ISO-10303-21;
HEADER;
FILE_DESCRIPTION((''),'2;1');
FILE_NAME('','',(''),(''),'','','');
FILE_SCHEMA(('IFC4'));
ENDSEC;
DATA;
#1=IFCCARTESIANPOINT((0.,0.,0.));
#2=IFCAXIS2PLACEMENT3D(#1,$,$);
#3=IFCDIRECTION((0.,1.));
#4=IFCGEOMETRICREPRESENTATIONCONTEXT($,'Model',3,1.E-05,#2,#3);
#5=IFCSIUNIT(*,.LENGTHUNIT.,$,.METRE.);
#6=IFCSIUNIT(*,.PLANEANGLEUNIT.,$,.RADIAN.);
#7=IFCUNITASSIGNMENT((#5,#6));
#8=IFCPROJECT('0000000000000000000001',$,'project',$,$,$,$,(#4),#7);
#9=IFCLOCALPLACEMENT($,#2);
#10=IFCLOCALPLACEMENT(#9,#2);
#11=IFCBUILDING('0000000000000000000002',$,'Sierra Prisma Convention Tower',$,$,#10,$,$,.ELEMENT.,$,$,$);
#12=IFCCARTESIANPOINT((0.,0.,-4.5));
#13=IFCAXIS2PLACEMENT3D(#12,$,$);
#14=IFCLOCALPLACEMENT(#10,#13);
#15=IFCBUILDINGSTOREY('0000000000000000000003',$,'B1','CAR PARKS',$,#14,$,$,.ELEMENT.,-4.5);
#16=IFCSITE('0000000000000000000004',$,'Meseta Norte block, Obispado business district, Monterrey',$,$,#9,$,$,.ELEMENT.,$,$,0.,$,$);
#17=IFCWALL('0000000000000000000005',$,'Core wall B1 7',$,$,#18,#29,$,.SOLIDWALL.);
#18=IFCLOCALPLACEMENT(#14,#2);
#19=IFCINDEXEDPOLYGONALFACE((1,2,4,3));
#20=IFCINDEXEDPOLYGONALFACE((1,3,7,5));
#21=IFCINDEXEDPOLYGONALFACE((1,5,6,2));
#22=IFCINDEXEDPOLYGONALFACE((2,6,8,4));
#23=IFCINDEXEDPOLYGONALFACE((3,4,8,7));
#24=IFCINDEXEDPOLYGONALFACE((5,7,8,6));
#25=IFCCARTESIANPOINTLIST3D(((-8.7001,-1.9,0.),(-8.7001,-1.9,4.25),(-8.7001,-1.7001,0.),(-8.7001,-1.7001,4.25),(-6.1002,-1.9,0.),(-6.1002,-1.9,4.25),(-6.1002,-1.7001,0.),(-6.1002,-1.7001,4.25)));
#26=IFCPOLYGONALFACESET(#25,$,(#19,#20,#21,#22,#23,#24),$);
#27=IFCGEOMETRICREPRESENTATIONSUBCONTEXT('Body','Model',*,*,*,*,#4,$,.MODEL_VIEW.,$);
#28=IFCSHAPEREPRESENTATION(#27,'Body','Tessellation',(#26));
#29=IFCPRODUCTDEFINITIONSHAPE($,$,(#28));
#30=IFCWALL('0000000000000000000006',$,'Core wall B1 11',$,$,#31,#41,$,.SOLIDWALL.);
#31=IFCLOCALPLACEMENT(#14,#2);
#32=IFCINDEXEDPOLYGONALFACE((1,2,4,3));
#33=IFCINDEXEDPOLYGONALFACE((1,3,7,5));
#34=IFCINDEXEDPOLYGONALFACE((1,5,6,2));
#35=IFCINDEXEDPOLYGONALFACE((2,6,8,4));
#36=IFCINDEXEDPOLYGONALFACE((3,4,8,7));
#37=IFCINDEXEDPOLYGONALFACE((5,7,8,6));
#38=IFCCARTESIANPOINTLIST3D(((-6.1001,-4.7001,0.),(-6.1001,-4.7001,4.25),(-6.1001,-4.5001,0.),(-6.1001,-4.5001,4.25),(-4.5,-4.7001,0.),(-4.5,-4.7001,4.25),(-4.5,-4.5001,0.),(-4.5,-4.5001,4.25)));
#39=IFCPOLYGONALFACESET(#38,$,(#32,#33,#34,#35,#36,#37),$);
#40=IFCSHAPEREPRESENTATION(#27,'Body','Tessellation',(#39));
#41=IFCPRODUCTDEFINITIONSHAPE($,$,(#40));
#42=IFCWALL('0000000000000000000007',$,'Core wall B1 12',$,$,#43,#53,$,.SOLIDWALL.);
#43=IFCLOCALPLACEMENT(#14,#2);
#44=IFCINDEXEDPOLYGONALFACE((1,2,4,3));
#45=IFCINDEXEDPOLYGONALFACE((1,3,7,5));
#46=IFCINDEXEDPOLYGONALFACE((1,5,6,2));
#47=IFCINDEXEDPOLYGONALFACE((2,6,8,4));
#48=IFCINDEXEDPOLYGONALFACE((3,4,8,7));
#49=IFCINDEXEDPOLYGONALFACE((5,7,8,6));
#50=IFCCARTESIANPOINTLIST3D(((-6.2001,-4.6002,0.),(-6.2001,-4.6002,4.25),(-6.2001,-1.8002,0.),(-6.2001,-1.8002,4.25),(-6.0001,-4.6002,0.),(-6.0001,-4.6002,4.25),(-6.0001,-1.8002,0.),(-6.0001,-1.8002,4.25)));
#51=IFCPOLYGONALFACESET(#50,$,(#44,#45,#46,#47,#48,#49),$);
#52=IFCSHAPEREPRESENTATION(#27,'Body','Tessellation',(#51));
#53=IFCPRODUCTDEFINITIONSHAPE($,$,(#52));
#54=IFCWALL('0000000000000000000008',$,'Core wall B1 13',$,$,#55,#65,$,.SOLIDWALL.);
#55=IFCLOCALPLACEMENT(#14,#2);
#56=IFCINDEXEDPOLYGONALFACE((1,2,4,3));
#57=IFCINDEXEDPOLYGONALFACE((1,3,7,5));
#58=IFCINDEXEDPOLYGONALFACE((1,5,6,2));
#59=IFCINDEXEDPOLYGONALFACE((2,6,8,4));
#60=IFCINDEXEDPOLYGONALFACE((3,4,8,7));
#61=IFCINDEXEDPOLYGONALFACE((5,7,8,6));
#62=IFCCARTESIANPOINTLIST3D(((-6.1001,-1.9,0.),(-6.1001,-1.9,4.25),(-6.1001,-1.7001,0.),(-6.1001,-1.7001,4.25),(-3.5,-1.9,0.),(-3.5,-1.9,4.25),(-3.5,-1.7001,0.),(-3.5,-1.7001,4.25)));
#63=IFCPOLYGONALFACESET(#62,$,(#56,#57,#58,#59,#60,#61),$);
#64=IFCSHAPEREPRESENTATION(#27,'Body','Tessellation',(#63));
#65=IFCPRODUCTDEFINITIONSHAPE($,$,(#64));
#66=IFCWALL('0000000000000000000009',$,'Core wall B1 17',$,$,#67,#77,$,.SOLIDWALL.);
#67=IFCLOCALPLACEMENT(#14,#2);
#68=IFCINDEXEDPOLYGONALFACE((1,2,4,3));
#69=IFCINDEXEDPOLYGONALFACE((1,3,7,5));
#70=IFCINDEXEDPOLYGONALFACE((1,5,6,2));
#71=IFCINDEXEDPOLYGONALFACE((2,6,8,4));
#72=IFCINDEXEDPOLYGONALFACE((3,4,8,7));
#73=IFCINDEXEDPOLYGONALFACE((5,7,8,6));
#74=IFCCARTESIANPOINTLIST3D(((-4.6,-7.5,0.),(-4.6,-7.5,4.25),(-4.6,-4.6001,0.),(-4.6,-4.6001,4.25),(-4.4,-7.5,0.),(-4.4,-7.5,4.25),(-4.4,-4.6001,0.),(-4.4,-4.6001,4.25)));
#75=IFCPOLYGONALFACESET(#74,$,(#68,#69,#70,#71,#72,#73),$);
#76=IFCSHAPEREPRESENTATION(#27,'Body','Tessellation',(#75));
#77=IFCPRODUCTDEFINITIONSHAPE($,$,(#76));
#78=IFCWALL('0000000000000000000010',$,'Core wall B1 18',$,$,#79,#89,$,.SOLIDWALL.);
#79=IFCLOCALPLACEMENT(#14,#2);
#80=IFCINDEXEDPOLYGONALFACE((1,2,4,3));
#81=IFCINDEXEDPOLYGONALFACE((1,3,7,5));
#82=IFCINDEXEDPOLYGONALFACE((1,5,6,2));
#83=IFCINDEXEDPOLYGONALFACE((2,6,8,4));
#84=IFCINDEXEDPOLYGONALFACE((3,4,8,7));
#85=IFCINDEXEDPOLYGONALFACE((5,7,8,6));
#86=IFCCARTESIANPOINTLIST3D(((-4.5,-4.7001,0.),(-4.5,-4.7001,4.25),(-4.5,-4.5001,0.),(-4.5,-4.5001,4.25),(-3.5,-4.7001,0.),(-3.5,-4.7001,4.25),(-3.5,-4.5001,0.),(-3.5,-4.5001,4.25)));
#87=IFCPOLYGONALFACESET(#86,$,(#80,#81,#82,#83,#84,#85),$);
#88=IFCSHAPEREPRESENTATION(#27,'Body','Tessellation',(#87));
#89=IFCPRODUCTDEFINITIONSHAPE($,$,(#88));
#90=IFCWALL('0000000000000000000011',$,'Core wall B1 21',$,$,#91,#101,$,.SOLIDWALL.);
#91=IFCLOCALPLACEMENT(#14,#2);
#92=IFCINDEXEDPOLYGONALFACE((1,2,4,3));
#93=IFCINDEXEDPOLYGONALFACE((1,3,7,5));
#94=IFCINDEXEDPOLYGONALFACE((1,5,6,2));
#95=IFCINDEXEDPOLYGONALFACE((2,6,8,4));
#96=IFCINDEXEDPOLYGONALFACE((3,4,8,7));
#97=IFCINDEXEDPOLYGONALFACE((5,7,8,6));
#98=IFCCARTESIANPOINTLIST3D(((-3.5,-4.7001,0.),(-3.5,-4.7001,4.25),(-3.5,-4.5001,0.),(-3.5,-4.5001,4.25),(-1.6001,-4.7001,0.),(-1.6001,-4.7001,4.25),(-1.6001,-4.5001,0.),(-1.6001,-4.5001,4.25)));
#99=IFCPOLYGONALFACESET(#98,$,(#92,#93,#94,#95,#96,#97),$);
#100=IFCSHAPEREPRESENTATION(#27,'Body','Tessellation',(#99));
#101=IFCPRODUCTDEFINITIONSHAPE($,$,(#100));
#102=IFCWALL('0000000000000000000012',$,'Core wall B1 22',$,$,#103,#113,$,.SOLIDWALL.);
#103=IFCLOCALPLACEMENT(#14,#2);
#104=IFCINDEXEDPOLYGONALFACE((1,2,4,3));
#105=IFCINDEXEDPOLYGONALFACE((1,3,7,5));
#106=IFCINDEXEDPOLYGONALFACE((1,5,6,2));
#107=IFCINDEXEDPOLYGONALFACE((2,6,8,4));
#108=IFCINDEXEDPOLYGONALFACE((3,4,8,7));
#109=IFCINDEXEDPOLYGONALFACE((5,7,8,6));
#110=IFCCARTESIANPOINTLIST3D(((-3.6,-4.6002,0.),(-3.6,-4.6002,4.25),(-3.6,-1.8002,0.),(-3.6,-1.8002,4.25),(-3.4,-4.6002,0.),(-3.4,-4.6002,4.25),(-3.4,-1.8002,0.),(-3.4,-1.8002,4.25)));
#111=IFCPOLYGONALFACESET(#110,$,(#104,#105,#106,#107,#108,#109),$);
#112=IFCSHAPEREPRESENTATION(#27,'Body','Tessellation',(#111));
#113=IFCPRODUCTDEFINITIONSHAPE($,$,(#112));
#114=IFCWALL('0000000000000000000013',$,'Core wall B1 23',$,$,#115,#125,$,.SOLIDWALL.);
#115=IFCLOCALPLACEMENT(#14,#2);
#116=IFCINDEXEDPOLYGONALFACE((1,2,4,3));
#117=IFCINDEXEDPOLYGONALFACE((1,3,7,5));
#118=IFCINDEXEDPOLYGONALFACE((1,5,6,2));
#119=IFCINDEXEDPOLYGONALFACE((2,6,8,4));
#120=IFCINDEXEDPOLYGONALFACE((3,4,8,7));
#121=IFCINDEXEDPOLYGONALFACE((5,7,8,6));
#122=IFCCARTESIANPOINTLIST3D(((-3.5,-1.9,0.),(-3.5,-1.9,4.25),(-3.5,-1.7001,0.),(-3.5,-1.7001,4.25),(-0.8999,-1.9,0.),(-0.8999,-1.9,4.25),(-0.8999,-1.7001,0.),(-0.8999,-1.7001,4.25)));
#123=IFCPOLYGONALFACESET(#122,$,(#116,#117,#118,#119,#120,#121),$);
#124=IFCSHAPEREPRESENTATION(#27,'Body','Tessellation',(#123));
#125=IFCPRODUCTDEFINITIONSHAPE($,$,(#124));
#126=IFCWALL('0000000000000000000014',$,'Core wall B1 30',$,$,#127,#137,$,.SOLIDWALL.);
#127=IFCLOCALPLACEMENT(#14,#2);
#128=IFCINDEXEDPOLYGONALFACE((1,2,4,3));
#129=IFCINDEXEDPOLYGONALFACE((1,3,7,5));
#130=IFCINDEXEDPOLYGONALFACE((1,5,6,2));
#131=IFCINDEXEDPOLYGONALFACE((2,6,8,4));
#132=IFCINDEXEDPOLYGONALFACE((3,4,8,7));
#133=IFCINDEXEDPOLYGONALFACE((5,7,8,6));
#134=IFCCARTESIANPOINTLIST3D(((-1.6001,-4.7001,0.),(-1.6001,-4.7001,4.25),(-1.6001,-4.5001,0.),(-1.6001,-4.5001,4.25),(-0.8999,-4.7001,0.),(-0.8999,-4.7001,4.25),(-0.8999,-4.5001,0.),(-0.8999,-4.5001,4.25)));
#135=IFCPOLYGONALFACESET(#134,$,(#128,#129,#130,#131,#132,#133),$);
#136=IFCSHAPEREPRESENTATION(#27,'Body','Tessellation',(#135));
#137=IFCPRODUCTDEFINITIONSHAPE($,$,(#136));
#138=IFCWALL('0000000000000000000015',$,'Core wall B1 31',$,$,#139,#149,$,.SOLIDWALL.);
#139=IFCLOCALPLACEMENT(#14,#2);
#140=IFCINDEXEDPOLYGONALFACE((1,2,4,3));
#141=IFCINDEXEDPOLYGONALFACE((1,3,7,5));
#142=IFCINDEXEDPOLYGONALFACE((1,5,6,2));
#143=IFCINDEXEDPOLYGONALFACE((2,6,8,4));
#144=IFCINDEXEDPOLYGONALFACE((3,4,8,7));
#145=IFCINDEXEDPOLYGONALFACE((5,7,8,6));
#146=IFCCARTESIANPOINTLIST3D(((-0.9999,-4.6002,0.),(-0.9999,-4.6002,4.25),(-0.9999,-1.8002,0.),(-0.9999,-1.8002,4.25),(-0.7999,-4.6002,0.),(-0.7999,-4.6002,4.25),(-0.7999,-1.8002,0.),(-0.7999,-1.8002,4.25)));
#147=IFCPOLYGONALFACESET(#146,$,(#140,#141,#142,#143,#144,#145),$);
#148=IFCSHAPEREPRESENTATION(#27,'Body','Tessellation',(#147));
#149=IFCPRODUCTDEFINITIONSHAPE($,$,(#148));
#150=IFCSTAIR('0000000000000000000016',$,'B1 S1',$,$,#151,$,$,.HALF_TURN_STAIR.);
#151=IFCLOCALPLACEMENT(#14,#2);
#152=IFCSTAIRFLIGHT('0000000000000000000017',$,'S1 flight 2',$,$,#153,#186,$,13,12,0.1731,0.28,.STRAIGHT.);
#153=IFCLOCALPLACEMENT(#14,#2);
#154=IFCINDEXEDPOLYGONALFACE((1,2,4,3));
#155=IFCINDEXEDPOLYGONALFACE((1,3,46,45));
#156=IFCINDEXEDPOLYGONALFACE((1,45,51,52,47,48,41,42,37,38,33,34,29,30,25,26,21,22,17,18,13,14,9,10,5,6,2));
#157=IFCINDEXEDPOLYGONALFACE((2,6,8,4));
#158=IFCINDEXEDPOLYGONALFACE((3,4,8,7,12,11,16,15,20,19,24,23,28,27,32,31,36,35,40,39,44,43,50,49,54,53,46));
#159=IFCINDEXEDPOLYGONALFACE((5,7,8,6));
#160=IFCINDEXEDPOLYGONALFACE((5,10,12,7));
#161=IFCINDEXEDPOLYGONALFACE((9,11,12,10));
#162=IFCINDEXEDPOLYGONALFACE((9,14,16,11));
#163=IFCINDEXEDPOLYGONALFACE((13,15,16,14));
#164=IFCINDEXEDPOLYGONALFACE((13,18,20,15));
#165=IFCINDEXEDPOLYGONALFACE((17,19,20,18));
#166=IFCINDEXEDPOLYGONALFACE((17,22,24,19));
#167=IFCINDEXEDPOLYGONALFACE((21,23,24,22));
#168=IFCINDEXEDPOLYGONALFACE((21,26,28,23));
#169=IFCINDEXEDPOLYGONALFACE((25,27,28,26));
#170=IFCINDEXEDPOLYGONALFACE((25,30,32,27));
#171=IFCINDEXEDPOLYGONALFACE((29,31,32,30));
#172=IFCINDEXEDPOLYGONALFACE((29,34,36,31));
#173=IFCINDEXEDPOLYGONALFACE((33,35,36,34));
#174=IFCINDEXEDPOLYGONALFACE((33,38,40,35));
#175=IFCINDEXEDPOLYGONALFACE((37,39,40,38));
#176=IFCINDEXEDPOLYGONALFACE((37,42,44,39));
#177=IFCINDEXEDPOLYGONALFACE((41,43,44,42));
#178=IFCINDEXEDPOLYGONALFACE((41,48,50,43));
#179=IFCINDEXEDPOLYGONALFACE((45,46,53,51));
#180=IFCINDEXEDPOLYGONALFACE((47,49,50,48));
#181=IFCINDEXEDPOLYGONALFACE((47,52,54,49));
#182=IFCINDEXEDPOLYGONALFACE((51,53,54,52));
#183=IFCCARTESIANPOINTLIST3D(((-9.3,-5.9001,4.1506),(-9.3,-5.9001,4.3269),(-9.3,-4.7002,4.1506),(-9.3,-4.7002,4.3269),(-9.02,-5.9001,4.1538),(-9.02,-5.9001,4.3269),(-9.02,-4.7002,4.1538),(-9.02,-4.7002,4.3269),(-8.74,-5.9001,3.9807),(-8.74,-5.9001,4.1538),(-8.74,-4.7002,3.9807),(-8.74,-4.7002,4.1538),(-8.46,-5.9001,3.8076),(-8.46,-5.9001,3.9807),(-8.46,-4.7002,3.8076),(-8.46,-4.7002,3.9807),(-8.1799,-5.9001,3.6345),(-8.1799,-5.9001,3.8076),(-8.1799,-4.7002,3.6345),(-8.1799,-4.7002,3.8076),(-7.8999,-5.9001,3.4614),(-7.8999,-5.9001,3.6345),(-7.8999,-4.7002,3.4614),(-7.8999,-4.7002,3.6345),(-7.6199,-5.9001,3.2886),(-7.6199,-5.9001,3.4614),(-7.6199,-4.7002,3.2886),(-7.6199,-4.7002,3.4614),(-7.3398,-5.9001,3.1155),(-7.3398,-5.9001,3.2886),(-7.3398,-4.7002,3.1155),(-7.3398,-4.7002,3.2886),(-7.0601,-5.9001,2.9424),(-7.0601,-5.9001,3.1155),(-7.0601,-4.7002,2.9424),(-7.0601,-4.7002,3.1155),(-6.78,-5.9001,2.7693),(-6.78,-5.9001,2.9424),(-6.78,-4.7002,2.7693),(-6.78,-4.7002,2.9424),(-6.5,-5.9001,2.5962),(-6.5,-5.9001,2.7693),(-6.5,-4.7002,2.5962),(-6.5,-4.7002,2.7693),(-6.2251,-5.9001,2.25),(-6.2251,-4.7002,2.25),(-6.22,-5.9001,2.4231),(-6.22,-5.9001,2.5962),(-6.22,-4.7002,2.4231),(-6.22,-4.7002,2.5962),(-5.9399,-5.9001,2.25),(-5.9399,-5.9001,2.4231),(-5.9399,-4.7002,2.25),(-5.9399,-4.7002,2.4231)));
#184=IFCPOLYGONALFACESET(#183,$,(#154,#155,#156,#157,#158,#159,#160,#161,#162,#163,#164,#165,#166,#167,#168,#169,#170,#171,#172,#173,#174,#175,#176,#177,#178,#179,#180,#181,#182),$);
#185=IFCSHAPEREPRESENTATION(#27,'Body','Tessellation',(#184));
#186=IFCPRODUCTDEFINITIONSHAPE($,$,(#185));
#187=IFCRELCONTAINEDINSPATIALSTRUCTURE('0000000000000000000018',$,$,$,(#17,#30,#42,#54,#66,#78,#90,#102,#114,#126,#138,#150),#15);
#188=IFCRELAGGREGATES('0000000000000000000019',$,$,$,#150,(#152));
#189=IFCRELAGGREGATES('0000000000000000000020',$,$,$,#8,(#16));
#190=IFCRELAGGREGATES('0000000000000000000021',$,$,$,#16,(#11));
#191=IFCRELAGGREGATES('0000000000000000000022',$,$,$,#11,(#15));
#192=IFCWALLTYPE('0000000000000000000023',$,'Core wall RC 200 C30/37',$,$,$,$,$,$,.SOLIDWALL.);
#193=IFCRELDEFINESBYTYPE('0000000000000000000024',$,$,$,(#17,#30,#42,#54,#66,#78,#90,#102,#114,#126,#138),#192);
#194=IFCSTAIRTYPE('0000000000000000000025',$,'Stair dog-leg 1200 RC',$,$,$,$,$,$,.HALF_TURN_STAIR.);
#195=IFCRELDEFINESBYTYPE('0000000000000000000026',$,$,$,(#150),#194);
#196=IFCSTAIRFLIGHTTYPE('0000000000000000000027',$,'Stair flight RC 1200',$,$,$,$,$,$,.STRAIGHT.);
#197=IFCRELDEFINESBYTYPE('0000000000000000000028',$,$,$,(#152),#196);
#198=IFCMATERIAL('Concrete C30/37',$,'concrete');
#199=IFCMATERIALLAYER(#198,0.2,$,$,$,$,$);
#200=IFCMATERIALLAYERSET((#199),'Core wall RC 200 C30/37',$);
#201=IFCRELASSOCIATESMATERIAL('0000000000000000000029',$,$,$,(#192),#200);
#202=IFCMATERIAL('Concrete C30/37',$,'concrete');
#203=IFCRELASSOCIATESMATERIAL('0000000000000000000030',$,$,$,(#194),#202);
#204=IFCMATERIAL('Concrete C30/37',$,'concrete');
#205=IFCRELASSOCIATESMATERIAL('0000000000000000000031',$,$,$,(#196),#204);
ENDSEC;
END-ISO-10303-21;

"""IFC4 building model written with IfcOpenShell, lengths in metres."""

from ifc_helpers import new_model, si_unit, direction, frame, frame_2d, origin, place, context, subcontext, project, spatial, polyline, rectangle, outline, extrude, material, layer, layer_set, type_object, element, aggregate, save


model = new_model("IFC4")

# Units and contexts
model_context = context("Model", 3, precision=1e-05, world=origin(), true_north=direction((0.0, 1.0)))
body_context = subcontext(model_context, "Body", "Model", "MODEL_VIEW")
ifc_project = project(units=[si_unit("LENGTHUNIT", "METRE"), si_unit("PLANEANGLEUNIT", "RADIAN")], contexts=[model_context])

# Site, building, storey
site_placement = place(None, origin())
site = spatial("IfcSite", under=ifc_project, at=site_placement, Name="Meseta Norte block, Obispado business district, Monterrey", CompositionType="ELEMENT", RefElevation=0.0)
building_placement = place(site_placement, origin())
building = spatial("IfcBuilding", under=site, at=building_placement, Name="Sierra Prisma Convention Tower", CompositionType="ELEMENT")
storey_placement = place(building_placement, frame((0.0, 0.0, -4.5)))
storey = spatial("IfcBuildingStorey", under=building, at=storey_placement, Name="B1", Description="CAR PARKS", CompositionType="ELEMENT", Elevation=-4.5)

# Walls
ifc_material_1 = material(Name="Concrete C30/37", Category="concrete")
ifc_layer_1 = layer(ifc_material_1, 0.2)
ifc_layer_set_1 = layer_set([ifc_layer_1], Name="Core wall RC 200 C30/37")
wall_type = type_object("IfcWallType", Name="Core wall RC 200 C30/37", PredefinedType="SOLIDWALL", material=ifc_layer_set_1)
wall_1_placement = place(storey_placement, frame((-8.7, -1.8, 0.0), z_axis=(0.0, 0.0, 1.0), x_axis=(1.0, 0.0, 0.0)))
element("IfcWall", 1, at=wall_1_placement, inside=storey, type_object=wall_type, Name="Core wall B1 7", PredefinedType="SOLIDWALL", context=body_context, shape_type="SweptSolid", body=[
    extrude(rectangle(XDim=2.5999, YDim=0.2, at=frame_2d((1.2998, 0.0))), origin(), (0.0, 0.0, 1.0), 4.25),
])
wall_2_placement = place(storey_placement, frame((-6.1001, -4.6001, 0.0), z_axis=(0.0, 0.0, 1.0), x_axis=(1.0, 0.0, 0.0)))
element("IfcWall", 2, at=wall_2_placement, inside=storey, type_object=wall_type, Name="Core wall B1 11", PredefinedType="SOLIDWALL", context=body_context, shape_type="SweptSolid", body=[
    extrude(rectangle(XDim=1.6001, YDim=0.2, at=frame_2d((0.8, 0.0))), origin(), (0.0, 0.0, 1.0), 4.25),
])
wall_3_placement = place(storey_placement, frame((-6.1001, -4.6001, 0.0), z_axis=(0.0, 0.0, 1.0), x_axis=(0.0, 1.0, 0.0)))
element("IfcWall", 3, at=wall_3_placement, inside=storey, type_object=wall_type, Name="Core wall B1 12", PredefinedType="SOLIDWALL", context=body_context, shape_type="SweptSolid", body=[
    extrude(rectangle(XDim=2.8, YDim=0.2, at=frame_2d((1.3999, 0.0))), origin(), (0.0, 0.0, 1.0), 4.25),
])
wall_4_placement = place(storey_placement, frame((-6.1001, -1.8, 0.0), z_axis=(0.0, 0.0, 1.0), x_axis=(1.0, 0.0, 0.0)))
element("IfcWall", 4, at=wall_4_placement, inside=storey, type_object=wall_type, Name="Core wall B1 13", PredefinedType="SOLIDWALL", context=body_context, shape_type="SweptSolid", body=[
    extrude(rectangle(XDim=2.6001, YDim=0.2, at=frame_2d((1.3, 0.0))), origin(), (0.0, 0.0, 1.0), 4.25),
])
wall_5_placement = place(storey_placement, frame((-4.5, -4.6001, 0.0), z_axis=(0.0, 0.0, 1.0), x_axis=(0.0, -1.0, 0.0)))
element("IfcWall", 5, at=wall_5_placement, inside=storey, type_object=wall_type, Name="Core wall B1 17", PredefinedType="SOLIDWALL", context=body_context, shape_type="SweptSolid", body=[
    extrude(rectangle(XDim=2.8999, YDim=0.2, at=frame_2d((1.45, 0.0))), origin(), (0.0, 0.0, 1.0), 4.25),
])
wall_6_placement = place(storey_placement, frame((-4.5, -4.6001, 0.0), z_axis=(0.0, 0.0, 1.0), x_axis=(1.0, 0.0, 0.0)))
element("IfcWall", 6, at=wall_6_placement, inside=storey, type_object=wall_type, Name="Core wall B1 18", PredefinedType="SOLIDWALL", context=body_context, shape_type="SweptSolid", body=[
    extrude(rectangle(XDim=1.0, YDim=0.2, at=frame_2d((0.5, 0.0))), origin(), (0.0, 0.0, 1.0), 4.25),
])
wall_7_placement = place(storey_placement, frame((-3.5, -4.6001, 0.0), z_axis=(0.0, 0.0, 1.0), x_axis=(1.0, 0.0, 0.0)))
element("IfcWall", 7, at=wall_7_placement, inside=storey, type_object=wall_type, Name="Core wall B1 21", PredefinedType="SOLIDWALL", context=body_context, shape_type="SweptSolid", body=[
    extrude(rectangle(XDim=1.8999, YDim=0.2, at=frame_2d((0.95, 0.0))), origin(), (0.0, 0.0, 1.0), 4.25),
])
wall_8_placement = place(storey_placement, frame((-3.5, -4.6001, 0.0), z_axis=(0.0, 0.0, 1.0), x_axis=(0.0, 1.0, 0.0)))
element("IfcWall", 8, at=wall_8_placement, inside=storey, type_object=wall_type, Name="Core wall B1 22", PredefinedType="SOLIDWALL", context=body_context, shape_type="SweptSolid", body=[
    extrude(rectangle(XDim=2.8, YDim=0.2, at=frame_2d((1.3999, 0.0))), origin(), (0.0, 0.0, 1.0), 4.25),
])
wall_9_placement = place(storey_placement, frame((-3.5, -1.8, 0.0), z_axis=(0.0, 0.0, 1.0), x_axis=(1.0, 0.0, 0.0)))
element("IfcWall", 9, at=wall_9_placement, inside=storey, type_object=wall_type, Name="Core wall B1 23", PredefinedType="SOLIDWALL", context=body_context, shape_type="SweptSolid", body=[
    extrude(rectangle(XDim=2.6001, YDim=0.2, at=frame_2d((1.3, 0.0))), origin(), (0.0, 0.0, 1.0), 4.25),
])

# Walls
wall_10_placement = place(storey_placement, frame((-1.6001, -4.6001, 0.0), z_axis=(0.0, 0.0, 1.0), x_axis=(1.0, 0.0, 0.0)))
element("IfcWall", 10, at=wall_10_placement, inside=storey, type_object=wall_type, Name="Core wall B1 30", PredefinedType="SOLIDWALL", context=body_context, shape_type="SweptSolid", body=[
    extrude(rectangle(XDim=0.7002, YDim=0.2, at=frame_2d((0.3501, 0.0))), origin(), (0.0, 0.0, 1.0), 4.25),
])
wall_11_placement = place(storey_placement, frame((-0.8999, -4.6001, 0.0), z_axis=(0.0, 0.0, 1.0), x_axis=(0.0, 1.0, 0.0)))
element("IfcWall", 11, at=wall_11_placement, inside=storey, type_object=wall_type, Name="Core wall B1 31", PredefinedType="SOLIDWALL", context=body_context, shape_type="SweptSolid", body=[
    extrude(rectangle(XDim=2.8, YDim=0.2, at=frame_2d((1.3999, 0.0))), origin(), (0.0, 0.0, 1.0), 4.25),
])

# Stair, stair flight
ifc_material_2 = material(Name="Concrete C30/37", Category="concrete")
stair_type = type_object("IfcStairType", Name="Stair dog-leg 1200 RC", PredefinedType="HALF_TURN_STAIR", material=ifc_material_2)
stair_placement = place(storey_placement, origin())
stair = element("IfcStair", 12, at=stair_placement, inside=storey, type_object=stair_type, Name="B1 S1", PredefinedType="HALF_TURN_STAIR")
ifc_material_3 = material(Name="Concrete C30/37", Category="concrete")
stair_flight_type = type_object("IfcStairFlightType", Name="Stair flight RC 1200", PredefinedType="STRAIGHT", material=ifc_material_3)
stair_flight_placement = place(storey_placement, frame((-5.9399, -5.3, 2.25), z_axis=(0.0, 0.0, 1.0), x_axis=(-1.0, 0.0, 0.0)))
stair_flight = element("IfcStairFlight", 13, at=stair_flight_placement, type_object=stair_flight_type, Name="S1 flight 2", NumberOfRisers=13, NumberOfTreads=12, PredefinedType="STRAIGHT", RiserHeight=0.1731, TreadLength=0.28, context=body_context, shape_type="SweptSolid", body=[
    extrude(outline(polyline([(0.0, 0.0), (0.0, 0.1731), (0.28, 0.1731), (0.28, 0.3462), (0.5601, 0.3462), (0.5601, 0.5193), (0.8401, 0.5193), (0.8401, 0.6924), (1.1201, 0.6924), (1.1201, 0.8655), (1.3999, 0.8655), (1.3999, 1.0386), (1.6799, 1.0386), (1.6799, 1.2114), (1.96, 1.2114), (1.96, 1.3845), (2.24, 1.3845), (2.24, 1.5576), (2.52, 1.5576), (2.52, 1.7307), (2.8, 1.7307), (2.8, 1.9038), (3.0801, 1.9038), (3.0801, 2.0769), (3.3601, 2.0769), (3.3601, 2.25), (3.3601, 1.9006), (0.2852, 0.0), (0.0, 0.0)])), frame((0.0, 0.6001, 0.0), z_axis=(0.0, -1.0, 0.0), x_axis=(1.0, 0.0, 0.0)), (0.0, 0.0, 1.0), 1.2),
])
aggregate(stair, [stair_flight])

save(model, "model.ifc")
